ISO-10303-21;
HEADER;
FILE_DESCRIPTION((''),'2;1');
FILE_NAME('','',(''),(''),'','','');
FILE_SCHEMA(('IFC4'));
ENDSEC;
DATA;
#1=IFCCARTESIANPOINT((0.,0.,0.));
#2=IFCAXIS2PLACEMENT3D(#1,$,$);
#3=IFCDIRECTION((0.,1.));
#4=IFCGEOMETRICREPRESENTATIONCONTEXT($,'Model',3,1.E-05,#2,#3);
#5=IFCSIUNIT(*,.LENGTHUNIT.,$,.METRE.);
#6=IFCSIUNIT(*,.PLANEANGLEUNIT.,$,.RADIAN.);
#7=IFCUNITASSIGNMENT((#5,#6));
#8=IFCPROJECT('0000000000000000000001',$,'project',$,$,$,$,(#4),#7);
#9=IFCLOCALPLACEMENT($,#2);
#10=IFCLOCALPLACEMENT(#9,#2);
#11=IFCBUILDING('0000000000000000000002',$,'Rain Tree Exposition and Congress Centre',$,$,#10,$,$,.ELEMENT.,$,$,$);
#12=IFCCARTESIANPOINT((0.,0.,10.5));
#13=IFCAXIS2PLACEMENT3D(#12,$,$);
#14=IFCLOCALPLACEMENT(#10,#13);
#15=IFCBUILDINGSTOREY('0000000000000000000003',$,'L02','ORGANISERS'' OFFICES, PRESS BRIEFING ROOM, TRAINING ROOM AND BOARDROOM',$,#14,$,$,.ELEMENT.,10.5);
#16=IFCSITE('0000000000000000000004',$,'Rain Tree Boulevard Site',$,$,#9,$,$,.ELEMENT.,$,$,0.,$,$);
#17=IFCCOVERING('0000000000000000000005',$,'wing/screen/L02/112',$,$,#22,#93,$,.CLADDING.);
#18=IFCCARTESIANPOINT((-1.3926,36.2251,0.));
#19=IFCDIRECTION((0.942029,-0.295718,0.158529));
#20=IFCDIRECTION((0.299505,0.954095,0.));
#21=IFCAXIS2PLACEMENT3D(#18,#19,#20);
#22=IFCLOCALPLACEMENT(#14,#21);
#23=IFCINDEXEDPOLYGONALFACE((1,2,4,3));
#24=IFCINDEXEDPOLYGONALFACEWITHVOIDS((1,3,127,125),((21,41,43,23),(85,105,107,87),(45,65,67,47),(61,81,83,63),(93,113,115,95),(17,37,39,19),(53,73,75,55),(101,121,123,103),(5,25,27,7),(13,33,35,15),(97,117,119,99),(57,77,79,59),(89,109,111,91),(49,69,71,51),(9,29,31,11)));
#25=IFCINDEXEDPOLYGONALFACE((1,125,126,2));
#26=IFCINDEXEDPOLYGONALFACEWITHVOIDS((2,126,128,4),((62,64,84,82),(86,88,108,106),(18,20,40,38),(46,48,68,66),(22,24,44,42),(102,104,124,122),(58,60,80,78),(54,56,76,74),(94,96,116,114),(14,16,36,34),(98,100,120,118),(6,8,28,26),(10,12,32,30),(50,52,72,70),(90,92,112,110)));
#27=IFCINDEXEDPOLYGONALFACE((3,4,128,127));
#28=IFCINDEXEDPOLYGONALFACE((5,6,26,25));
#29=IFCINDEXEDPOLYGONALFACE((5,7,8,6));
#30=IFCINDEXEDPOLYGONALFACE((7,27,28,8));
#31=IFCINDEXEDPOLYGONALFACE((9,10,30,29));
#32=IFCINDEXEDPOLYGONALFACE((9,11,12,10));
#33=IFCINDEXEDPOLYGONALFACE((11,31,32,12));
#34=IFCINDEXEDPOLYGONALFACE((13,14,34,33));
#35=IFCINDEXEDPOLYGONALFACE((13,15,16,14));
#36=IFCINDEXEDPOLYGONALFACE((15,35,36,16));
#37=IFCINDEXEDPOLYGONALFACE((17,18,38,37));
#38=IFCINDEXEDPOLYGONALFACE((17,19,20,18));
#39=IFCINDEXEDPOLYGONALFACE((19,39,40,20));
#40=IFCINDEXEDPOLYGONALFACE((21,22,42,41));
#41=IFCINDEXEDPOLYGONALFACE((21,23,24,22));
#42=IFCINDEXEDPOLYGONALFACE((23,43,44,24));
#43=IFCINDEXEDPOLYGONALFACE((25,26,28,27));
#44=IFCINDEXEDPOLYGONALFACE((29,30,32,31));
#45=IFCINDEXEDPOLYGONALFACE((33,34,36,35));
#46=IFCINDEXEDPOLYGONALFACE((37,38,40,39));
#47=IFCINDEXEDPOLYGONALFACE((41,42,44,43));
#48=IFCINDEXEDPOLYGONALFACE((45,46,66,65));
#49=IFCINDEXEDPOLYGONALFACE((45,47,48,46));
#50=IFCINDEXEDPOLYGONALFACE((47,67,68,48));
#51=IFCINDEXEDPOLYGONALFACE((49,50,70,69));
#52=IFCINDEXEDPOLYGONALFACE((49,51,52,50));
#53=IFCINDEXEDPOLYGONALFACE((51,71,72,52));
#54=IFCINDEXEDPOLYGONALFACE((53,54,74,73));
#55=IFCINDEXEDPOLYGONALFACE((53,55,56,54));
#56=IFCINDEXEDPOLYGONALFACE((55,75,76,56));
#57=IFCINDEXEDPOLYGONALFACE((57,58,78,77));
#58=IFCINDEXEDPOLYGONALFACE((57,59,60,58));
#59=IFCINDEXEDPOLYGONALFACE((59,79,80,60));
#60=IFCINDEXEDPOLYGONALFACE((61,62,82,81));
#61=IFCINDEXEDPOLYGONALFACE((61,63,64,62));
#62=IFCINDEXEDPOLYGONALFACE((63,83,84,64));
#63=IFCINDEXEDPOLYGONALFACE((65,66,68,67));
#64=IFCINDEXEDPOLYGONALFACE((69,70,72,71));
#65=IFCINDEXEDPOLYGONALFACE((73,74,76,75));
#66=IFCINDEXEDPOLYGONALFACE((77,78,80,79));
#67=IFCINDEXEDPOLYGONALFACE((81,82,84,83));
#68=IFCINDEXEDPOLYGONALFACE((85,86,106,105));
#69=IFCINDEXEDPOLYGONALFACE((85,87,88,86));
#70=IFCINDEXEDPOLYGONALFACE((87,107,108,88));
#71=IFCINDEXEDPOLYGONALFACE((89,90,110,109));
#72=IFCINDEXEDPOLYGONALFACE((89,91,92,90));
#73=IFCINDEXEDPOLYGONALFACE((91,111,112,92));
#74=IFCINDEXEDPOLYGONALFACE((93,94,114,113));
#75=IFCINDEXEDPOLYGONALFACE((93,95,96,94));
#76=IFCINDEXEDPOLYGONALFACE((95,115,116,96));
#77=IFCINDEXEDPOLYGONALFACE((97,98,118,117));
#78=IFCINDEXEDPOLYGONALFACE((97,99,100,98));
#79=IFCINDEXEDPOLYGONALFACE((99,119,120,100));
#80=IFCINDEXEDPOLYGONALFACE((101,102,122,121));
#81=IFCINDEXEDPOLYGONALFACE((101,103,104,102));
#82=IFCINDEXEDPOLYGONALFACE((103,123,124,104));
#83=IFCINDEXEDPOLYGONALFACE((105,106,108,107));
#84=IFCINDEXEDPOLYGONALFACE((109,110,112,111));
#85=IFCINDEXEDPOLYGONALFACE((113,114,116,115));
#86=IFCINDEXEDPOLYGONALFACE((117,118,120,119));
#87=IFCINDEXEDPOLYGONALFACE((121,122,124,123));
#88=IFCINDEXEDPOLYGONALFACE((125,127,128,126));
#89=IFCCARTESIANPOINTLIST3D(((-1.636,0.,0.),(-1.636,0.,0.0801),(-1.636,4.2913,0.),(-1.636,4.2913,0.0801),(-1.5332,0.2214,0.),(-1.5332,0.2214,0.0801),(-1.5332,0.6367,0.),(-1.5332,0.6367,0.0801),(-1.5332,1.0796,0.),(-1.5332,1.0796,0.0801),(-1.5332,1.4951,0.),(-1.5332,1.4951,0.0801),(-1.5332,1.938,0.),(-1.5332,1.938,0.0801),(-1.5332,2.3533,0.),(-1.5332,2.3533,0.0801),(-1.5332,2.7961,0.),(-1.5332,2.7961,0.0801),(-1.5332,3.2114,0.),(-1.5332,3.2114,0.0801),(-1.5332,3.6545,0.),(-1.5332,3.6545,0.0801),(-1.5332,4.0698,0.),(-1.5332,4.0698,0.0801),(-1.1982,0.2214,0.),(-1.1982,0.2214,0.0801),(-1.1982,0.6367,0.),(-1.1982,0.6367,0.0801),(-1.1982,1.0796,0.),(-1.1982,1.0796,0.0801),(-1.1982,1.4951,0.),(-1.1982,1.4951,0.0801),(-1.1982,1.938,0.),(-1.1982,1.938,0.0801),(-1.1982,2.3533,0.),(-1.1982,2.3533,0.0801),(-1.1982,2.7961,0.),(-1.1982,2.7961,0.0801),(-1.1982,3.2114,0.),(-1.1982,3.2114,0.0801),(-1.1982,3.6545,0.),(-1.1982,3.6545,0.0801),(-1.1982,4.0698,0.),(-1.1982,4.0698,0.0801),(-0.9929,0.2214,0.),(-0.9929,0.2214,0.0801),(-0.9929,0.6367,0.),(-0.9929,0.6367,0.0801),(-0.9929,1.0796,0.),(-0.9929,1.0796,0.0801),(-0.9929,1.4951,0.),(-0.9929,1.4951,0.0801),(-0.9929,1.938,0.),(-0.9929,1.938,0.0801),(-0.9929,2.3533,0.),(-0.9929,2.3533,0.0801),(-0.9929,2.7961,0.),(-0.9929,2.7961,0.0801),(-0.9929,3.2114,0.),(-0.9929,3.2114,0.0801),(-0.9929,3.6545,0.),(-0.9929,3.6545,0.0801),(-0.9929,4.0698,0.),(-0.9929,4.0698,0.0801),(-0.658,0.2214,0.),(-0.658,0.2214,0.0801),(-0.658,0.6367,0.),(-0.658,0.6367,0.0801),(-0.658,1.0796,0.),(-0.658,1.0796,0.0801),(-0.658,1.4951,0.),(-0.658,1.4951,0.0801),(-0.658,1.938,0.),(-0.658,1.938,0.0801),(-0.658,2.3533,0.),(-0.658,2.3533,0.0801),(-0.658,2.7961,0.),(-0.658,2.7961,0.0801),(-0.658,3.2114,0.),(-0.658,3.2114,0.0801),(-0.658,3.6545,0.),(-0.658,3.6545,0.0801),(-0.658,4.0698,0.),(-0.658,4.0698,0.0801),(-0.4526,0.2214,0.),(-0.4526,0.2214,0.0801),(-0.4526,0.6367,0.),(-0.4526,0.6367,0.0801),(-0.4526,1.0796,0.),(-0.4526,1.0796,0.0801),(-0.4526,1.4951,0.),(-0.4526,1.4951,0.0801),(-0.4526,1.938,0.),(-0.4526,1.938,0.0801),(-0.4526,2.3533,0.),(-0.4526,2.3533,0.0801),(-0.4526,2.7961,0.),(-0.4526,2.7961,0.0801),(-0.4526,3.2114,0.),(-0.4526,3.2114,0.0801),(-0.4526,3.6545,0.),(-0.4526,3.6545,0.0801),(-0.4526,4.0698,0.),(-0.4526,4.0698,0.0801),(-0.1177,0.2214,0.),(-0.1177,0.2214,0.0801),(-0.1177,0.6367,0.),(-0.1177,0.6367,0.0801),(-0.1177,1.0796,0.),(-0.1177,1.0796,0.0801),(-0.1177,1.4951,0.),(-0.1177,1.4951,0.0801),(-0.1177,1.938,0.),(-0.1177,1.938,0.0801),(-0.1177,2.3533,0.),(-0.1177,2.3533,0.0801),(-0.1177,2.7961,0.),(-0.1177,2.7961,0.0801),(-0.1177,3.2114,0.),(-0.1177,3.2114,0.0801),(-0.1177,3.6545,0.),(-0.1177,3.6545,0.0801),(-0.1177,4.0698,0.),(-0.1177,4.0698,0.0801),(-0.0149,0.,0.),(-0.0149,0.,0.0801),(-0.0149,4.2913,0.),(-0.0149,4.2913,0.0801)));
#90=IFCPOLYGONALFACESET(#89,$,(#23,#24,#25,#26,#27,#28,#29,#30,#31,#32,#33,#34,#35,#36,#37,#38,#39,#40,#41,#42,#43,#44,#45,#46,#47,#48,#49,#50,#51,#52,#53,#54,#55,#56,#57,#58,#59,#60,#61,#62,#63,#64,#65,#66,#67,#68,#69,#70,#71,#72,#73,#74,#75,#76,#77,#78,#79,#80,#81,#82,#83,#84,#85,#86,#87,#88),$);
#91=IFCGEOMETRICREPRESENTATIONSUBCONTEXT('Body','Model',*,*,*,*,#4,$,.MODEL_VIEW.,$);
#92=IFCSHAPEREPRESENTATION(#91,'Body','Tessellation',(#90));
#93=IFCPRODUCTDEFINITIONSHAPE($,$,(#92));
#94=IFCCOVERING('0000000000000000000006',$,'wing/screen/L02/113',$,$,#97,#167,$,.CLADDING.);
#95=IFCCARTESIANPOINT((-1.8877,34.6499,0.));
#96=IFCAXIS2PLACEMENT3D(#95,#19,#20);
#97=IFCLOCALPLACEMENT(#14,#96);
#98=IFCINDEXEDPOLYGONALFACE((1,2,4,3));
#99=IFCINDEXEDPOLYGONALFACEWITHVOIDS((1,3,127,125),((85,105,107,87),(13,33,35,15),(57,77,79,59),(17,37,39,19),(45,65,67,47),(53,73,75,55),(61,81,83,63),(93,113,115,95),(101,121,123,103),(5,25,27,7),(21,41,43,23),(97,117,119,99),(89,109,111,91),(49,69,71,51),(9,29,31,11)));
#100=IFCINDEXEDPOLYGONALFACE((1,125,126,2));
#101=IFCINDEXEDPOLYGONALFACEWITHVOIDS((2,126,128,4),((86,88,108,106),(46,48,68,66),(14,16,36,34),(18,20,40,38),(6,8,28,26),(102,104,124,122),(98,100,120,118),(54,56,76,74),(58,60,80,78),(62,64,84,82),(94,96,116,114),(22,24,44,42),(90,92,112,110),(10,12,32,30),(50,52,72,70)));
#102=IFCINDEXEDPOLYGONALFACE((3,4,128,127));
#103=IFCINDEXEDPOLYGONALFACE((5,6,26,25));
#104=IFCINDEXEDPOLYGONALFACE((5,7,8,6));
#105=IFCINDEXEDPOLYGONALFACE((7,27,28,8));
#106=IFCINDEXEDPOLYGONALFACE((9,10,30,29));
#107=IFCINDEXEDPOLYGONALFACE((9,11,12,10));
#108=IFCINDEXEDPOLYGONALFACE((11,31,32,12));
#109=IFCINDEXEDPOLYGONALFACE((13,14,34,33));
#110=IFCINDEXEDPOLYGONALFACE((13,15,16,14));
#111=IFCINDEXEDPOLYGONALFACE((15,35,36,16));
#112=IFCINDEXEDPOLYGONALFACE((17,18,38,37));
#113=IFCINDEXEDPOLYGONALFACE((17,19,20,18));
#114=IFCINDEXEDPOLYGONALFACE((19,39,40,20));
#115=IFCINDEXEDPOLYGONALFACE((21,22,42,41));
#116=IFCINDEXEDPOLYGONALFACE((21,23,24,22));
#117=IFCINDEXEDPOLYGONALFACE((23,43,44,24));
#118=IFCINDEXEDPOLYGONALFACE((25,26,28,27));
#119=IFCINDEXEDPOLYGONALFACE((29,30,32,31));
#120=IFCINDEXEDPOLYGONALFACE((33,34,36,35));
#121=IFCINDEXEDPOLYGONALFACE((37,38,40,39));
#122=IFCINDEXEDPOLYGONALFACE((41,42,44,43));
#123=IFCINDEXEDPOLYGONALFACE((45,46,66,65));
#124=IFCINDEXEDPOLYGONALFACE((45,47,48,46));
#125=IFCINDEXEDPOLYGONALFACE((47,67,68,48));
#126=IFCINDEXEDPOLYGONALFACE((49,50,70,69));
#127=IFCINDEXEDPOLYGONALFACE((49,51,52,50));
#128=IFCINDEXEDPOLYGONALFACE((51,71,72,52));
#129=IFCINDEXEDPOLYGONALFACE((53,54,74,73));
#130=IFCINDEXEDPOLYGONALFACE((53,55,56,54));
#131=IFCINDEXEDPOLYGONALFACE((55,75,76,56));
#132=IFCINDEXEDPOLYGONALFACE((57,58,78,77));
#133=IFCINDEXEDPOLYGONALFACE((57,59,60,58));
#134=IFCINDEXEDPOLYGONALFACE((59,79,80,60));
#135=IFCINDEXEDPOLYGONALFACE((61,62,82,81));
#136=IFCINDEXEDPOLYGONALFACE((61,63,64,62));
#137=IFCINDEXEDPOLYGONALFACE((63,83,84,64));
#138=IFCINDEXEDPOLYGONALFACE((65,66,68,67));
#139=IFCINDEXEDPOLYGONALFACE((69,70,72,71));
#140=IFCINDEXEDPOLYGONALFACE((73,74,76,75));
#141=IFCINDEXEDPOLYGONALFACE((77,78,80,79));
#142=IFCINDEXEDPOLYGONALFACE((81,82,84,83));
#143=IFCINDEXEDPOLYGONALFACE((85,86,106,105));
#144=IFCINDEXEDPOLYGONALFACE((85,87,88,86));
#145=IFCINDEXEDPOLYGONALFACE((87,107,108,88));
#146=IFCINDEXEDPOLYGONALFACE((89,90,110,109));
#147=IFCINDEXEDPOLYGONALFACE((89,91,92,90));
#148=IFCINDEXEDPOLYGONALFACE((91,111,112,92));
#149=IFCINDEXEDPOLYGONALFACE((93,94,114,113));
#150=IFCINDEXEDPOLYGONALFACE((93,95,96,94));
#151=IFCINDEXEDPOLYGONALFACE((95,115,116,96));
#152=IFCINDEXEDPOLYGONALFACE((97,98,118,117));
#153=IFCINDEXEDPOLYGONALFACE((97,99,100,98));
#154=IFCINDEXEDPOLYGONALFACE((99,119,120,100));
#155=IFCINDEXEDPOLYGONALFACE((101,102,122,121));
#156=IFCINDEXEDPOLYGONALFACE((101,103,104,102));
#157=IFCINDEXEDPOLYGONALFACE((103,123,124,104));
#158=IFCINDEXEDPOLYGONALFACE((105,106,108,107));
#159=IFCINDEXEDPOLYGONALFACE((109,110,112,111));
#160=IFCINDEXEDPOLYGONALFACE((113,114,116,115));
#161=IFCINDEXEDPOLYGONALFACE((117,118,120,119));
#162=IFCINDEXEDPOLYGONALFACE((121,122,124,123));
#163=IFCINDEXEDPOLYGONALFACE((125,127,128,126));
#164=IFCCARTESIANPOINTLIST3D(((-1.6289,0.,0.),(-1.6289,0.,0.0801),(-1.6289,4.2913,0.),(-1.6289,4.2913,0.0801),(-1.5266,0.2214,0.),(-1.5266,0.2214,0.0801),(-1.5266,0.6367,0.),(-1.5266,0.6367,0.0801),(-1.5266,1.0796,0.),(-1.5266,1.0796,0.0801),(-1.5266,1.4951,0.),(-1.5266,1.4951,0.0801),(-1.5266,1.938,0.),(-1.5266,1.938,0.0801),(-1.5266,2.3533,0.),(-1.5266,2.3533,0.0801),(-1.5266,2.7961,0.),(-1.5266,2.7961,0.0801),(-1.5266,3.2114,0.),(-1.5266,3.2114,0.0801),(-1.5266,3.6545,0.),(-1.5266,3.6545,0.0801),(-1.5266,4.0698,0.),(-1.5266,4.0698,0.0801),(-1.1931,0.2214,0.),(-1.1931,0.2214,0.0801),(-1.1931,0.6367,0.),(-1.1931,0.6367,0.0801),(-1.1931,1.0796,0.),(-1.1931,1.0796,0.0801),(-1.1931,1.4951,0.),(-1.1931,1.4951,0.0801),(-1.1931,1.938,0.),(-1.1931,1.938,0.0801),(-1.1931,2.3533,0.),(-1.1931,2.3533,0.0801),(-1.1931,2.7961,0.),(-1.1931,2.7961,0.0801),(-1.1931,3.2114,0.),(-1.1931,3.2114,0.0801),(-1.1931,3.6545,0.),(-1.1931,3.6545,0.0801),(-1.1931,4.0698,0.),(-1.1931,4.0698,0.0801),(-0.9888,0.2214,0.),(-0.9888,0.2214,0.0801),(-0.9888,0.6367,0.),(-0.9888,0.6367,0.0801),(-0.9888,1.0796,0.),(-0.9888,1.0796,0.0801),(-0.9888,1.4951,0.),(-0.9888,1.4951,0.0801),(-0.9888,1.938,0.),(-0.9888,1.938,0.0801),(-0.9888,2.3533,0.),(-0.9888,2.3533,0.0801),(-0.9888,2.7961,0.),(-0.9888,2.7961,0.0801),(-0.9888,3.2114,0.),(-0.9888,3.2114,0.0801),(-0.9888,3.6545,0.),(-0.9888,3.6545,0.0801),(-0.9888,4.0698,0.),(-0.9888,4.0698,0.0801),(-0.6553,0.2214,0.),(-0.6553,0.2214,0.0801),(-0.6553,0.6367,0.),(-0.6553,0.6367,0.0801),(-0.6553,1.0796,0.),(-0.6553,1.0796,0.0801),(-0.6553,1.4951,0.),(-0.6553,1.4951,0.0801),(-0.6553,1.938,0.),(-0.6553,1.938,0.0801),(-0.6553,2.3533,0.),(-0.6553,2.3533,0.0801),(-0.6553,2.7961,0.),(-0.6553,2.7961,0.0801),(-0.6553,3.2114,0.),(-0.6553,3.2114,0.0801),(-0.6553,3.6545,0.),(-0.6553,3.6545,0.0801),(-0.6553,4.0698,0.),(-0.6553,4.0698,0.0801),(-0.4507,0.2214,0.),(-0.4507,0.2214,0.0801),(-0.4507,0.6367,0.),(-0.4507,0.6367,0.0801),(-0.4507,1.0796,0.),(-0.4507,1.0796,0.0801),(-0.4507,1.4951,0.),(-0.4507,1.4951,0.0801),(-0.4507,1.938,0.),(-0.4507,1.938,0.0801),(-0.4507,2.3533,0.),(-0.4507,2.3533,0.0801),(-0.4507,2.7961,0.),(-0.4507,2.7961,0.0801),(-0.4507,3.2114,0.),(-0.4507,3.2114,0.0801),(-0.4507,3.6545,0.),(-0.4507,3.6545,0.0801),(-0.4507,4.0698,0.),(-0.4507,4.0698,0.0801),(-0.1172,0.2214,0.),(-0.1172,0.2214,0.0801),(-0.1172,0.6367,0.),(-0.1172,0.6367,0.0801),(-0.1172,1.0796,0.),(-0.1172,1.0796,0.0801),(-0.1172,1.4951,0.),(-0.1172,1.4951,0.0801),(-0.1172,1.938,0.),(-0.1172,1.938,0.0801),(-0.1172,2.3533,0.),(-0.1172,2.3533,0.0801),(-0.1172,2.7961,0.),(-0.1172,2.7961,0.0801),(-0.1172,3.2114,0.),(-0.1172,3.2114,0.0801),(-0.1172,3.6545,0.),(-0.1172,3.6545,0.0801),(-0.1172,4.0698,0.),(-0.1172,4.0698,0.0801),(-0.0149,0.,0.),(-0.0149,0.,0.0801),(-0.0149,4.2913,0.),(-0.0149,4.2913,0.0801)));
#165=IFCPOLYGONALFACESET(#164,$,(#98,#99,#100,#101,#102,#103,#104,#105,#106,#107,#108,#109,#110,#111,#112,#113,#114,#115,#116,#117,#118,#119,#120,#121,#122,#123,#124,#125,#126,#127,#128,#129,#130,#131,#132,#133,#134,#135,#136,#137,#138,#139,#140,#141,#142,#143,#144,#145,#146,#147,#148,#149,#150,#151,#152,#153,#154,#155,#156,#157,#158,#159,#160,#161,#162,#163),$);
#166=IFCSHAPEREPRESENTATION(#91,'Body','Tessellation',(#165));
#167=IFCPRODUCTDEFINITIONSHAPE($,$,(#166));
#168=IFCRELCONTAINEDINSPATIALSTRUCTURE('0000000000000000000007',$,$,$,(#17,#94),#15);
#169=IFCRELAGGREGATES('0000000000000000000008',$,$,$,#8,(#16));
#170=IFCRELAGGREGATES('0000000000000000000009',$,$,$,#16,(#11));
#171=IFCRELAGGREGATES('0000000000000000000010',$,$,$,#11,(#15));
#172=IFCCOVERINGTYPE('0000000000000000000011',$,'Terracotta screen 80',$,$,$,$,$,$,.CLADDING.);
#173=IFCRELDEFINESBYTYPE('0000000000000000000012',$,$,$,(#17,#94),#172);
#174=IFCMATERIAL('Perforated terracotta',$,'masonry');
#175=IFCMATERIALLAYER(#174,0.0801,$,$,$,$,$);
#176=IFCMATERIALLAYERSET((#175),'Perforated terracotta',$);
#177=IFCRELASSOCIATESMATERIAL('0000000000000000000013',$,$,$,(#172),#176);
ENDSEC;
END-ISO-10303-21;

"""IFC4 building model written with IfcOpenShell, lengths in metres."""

from ifc_helpers import new_model, si_unit, direction, frame, origin, place, context, subcontext, project, spatial, polyline, outline, extrude, material, layer, layer_set, type_object, element, save


model = new_model("IFC4")

# Units and contexts
model_context = context("Model", 3, precision=1e-05, world=origin(), true_north=direction((0.0, 1.0)))
body_context = subcontext(model_context, "Body", "Model", "MODEL_VIEW")
ifc_project = project(units=[si_unit("LENGTHUNIT", "METRE"), si_unit("PLANEANGLEUNIT", "RADIAN")], contexts=[model_context])

# Site, building, storey
site_placement = place(None, origin())
site = spatial("IfcSite", under=ifc_project, at=site_placement, Name="Rain Tree Boulevard Site", CompositionType="ELEMENT", RefElevation=0.0)
building_placement = place(site_placement, origin())
building = spatial("IfcBuilding", under=site, at=building_placement, Name="Rain Tree Exposition and Congress Centre", CompositionType="ELEMENT")
storey_placement = place(building_placement, frame((0.0, 0.0, 10.5)))
storey = spatial("IfcBuildingStorey", under=building, at=storey_placement, Name="L02", Description="ORGANISERS' OFFICES, PRESS BRIEFING ROOM, TRAINING ROOM AND BOARDROOM", CompositionType="ELEMENT", Elevation=10.5)

# Coverings
ifc_material_1 = material(Name="Perforated terracotta", Category="masonry")
ifc_layer_1 = layer(ifc_material_1, 0.0801)
ifc_layer_set_1 = layer_set([ifc_layer_1], Name="Perforated terracotta")
covering_type = type_object("IfcCoveringType", Name="Terracotta screen 80", PredefinedType="CLADDING", material=ifc_layer_set_1)
covering_1_placement = place(storey_placement, frame((-1.3926, 36.2251, 0.0), z_axis=(0.942029, -0.295718, 0.158529), x_axis=(0.299505, 0.954095, 0.0)))
element("IfcCovering", 1, at=covering_1_placement, inside=storey, type_object=covering_type, Name="wing/screen/L02/112", PredefinedType="CLADDING", context=body_context, shape_type="SweptSolid", body=[
    extrude(outline(polyline([(-1.636, 0.0), (-1.636, 4.2913), (-0.0149, 4.2913), (-0.0149, 0.0), (-1.636, 0.0)]), holes=[polyline([(-0.1177, 0.2214), (-0.1177, 0.6367), (-0.4526, 0.6367), (-0.4526, 0.2214), (-0.1177, 0.2214)]), polyline([(-0.1177, 1.0796), (-0.1177, 1.4951), (-0.4526, 1.4951), (-0.4526, 1.0796), (-0.1177, 1.0796)]), polyline([(-0.1177, 1.938), (-0.1177, 2.3533), (-0.4526, 2.3533), (-0.4526, 1.938), (-0.1177, 1.938)]), polyline([(-0.1177, 2.7961), (-0.1177, 3.2114), (-0.4526, 3.2114), (-0.4526, 2.7961), (-0.1177, 2.7961)]), polyline([(-0.1177, 3.6545), (-0.1177, 4.0698), (-0.4526, 4.0698), (-0.4526, 3.6545), (-0.1177, 3.6545)]), polyline([(-0.658, 0.2214), (-0.658, 0.6367), (-0.9929, 0.6367), (-0.9929, 0.2214), (-0.658, 0.2214)]), polyline([(-0.658, 1.0796), (-0.658, 1.4951), (-0.9929, 1.4951), (-0.9929, 1.0796), (-0.658, 1.0796)]), polyline([(-0.658, 1.938), (-0.658, 2.3533), (-0.9929, 2.3533), (-0.9929, 1.938), (-0.658, 1.938)]), polyline([(-0.658, 2.7961), (-0.658, 3.2114), (-0.9929, 3.2114), (-0.9929, 2.7961), (-0.658, 2.7961)]), polyline([(-0.658, 3.6545), (-0.658, 4.0698), (-0.9929, 4.0698), (-0.9929, 3.6545), (-0.658, 3.6545)]), polyline([(-1.1982, 0.2214), (-1.1982, 0.6367), (-1.5332, 0.6367), (-1.5332, 0.2214), (-1.1982, 0.2214)]), polyline([(-1.1982, 1.0796), (-1.1982, 1.4951), (-1.5332, 1.4951), (-1.5332, 1.0796), (-1.1982, 1.0796)]), polyline([(-1.1982, 1.938), (-1.1982, 2.3533), (-1.5332, 2.3533), (-1.5332, 1.938), (-1.1982, 1.938)]), polyline([(-1.1982, 2.7961), (-1.1982, 3.2114), (-1.5332, 3.2114), (-1.5332, 2.7961), (-1.1982, 2.7961)]), polyline([(-1.1982, 3.6545), (-1.1982, 4.0698), (-1.5332, 4.0698), (-1.5332, 3.6545), (-1.1982, 3.6545)])]), origin(), (0.0, 0.0, 1.0), 0.0801),
])
covering_2_placement = place(storey_placement, frame((-1.8877, 34.6499, 0.0), z_axis=(0.942029, -0.295718, 0.158529), x_axis=(0.299505, 0.954095, 0.0)))
element("IfcCovering", 2, at=covering_2_placement, inside=storey, type_object=covering_type, Name="wing/screen/L02/113", PredefinedType="CLADDING", context=body_context, shape_type="SweptSolid", body=[
    extrude(outline(polyline([(-1.6289, 0.0), (-1.6289, 4.2913), (-0.0149, 4.2913), (-0.0149, 0.0), (-1.6289, 0.0)]), holes=[polyline([(-0.1172, 0.2214), (-0.1172, 0.6367), (-0.4507, 0.6367), (-0.4507, 0.2214), (-0.1172, 0.2214)]), polyline([(-0.1172, 1.0796), (-0.1172, 1.4951), (-0.4507, 1.4951), (-0.4507, 1.0796), (-0.1172, 1.0796)]), polyline([(-0.1172, 1.938), (-0.1172, 2.3533), (-0.4507, 2.3533), (-0.4507, 1.938), (-0.1172, 1.938)]), polyline([(-0.1172, 2.7961), (-0.1172, 3.2114), (-0.4507, 3.2114), (-0.4507, 2.7961), (-0.1172, 2.7961)]), polyline([(-0.1172, 3.6545), (-0.1172, 4.0698), (-0.4507, 4.0698), (-0.4507, 3.6545), (-0.1172, 3.6545)]), polyline([(-0.6553, 0.2214), (-0.6553, 0.6367), (-0.9888, 0.6367), (-0.9888, 0.2214), (-0.6553, 0.2214)]), polyline([(-0.6553, 1.0796), (-0.6553, 1.4951), (-0.9888, 1.4951), (-0.9888, 1.0796), (-0.6553, 1.0796)]), polyline([(-0.6553, 1.938), (-0.6553, 2.3533), (-0.9888, 2.3533), (-0.9888, 1.938), (-0.6553, 1.938)]), polyline([(-0.6553, 2.7961), (-0.6553, 3.2114), (-0.9888, 3.2114), (-0.9888, 2.7961), (-0.6553, 2.7961)]), polyline([(-0.6553, 3.6545), (-0.6553, 4.0698), (-0.9888, 4.0698), (-0.9888, 3.6545), (-0.6553, 3.6545)]), polyline([(-1.1931, 0.2214), (-1.1931, 0.6367), (-1.5266, 0.6367), (-1.5266, 0.2214), (-1.1931, 0.2214)]), polyline([(-1.1931, 1.0796), (-1.1931, 1.4951), (-1.5266, 1.4951), (-1.5266, 1.0796), (-1.1931, 1.0796)]), polyline([(-1.1931, 1.938), (-1.1931, 2.3533), (-1.5266, 2.3533), (-1.5266, 1.938), (-1.1931, 1.938)]), polyline([(-1.1931, 2.7961), (-1.1931, 3.2114), (-1.5266, 3.2114), (-1.5266, 2.7961), (-1.1931, 2.7961)]), polyline([(-1.1931, 3.6545), (-1.1931, 4.0698), (-1.5266, 4.0698), (-1.5266, 3.6545), (-1.1931, 3.6545)])]), origin(), (0.0, 0.0, 1.0), 0.0801),
])

save(model, "model.ifc")
